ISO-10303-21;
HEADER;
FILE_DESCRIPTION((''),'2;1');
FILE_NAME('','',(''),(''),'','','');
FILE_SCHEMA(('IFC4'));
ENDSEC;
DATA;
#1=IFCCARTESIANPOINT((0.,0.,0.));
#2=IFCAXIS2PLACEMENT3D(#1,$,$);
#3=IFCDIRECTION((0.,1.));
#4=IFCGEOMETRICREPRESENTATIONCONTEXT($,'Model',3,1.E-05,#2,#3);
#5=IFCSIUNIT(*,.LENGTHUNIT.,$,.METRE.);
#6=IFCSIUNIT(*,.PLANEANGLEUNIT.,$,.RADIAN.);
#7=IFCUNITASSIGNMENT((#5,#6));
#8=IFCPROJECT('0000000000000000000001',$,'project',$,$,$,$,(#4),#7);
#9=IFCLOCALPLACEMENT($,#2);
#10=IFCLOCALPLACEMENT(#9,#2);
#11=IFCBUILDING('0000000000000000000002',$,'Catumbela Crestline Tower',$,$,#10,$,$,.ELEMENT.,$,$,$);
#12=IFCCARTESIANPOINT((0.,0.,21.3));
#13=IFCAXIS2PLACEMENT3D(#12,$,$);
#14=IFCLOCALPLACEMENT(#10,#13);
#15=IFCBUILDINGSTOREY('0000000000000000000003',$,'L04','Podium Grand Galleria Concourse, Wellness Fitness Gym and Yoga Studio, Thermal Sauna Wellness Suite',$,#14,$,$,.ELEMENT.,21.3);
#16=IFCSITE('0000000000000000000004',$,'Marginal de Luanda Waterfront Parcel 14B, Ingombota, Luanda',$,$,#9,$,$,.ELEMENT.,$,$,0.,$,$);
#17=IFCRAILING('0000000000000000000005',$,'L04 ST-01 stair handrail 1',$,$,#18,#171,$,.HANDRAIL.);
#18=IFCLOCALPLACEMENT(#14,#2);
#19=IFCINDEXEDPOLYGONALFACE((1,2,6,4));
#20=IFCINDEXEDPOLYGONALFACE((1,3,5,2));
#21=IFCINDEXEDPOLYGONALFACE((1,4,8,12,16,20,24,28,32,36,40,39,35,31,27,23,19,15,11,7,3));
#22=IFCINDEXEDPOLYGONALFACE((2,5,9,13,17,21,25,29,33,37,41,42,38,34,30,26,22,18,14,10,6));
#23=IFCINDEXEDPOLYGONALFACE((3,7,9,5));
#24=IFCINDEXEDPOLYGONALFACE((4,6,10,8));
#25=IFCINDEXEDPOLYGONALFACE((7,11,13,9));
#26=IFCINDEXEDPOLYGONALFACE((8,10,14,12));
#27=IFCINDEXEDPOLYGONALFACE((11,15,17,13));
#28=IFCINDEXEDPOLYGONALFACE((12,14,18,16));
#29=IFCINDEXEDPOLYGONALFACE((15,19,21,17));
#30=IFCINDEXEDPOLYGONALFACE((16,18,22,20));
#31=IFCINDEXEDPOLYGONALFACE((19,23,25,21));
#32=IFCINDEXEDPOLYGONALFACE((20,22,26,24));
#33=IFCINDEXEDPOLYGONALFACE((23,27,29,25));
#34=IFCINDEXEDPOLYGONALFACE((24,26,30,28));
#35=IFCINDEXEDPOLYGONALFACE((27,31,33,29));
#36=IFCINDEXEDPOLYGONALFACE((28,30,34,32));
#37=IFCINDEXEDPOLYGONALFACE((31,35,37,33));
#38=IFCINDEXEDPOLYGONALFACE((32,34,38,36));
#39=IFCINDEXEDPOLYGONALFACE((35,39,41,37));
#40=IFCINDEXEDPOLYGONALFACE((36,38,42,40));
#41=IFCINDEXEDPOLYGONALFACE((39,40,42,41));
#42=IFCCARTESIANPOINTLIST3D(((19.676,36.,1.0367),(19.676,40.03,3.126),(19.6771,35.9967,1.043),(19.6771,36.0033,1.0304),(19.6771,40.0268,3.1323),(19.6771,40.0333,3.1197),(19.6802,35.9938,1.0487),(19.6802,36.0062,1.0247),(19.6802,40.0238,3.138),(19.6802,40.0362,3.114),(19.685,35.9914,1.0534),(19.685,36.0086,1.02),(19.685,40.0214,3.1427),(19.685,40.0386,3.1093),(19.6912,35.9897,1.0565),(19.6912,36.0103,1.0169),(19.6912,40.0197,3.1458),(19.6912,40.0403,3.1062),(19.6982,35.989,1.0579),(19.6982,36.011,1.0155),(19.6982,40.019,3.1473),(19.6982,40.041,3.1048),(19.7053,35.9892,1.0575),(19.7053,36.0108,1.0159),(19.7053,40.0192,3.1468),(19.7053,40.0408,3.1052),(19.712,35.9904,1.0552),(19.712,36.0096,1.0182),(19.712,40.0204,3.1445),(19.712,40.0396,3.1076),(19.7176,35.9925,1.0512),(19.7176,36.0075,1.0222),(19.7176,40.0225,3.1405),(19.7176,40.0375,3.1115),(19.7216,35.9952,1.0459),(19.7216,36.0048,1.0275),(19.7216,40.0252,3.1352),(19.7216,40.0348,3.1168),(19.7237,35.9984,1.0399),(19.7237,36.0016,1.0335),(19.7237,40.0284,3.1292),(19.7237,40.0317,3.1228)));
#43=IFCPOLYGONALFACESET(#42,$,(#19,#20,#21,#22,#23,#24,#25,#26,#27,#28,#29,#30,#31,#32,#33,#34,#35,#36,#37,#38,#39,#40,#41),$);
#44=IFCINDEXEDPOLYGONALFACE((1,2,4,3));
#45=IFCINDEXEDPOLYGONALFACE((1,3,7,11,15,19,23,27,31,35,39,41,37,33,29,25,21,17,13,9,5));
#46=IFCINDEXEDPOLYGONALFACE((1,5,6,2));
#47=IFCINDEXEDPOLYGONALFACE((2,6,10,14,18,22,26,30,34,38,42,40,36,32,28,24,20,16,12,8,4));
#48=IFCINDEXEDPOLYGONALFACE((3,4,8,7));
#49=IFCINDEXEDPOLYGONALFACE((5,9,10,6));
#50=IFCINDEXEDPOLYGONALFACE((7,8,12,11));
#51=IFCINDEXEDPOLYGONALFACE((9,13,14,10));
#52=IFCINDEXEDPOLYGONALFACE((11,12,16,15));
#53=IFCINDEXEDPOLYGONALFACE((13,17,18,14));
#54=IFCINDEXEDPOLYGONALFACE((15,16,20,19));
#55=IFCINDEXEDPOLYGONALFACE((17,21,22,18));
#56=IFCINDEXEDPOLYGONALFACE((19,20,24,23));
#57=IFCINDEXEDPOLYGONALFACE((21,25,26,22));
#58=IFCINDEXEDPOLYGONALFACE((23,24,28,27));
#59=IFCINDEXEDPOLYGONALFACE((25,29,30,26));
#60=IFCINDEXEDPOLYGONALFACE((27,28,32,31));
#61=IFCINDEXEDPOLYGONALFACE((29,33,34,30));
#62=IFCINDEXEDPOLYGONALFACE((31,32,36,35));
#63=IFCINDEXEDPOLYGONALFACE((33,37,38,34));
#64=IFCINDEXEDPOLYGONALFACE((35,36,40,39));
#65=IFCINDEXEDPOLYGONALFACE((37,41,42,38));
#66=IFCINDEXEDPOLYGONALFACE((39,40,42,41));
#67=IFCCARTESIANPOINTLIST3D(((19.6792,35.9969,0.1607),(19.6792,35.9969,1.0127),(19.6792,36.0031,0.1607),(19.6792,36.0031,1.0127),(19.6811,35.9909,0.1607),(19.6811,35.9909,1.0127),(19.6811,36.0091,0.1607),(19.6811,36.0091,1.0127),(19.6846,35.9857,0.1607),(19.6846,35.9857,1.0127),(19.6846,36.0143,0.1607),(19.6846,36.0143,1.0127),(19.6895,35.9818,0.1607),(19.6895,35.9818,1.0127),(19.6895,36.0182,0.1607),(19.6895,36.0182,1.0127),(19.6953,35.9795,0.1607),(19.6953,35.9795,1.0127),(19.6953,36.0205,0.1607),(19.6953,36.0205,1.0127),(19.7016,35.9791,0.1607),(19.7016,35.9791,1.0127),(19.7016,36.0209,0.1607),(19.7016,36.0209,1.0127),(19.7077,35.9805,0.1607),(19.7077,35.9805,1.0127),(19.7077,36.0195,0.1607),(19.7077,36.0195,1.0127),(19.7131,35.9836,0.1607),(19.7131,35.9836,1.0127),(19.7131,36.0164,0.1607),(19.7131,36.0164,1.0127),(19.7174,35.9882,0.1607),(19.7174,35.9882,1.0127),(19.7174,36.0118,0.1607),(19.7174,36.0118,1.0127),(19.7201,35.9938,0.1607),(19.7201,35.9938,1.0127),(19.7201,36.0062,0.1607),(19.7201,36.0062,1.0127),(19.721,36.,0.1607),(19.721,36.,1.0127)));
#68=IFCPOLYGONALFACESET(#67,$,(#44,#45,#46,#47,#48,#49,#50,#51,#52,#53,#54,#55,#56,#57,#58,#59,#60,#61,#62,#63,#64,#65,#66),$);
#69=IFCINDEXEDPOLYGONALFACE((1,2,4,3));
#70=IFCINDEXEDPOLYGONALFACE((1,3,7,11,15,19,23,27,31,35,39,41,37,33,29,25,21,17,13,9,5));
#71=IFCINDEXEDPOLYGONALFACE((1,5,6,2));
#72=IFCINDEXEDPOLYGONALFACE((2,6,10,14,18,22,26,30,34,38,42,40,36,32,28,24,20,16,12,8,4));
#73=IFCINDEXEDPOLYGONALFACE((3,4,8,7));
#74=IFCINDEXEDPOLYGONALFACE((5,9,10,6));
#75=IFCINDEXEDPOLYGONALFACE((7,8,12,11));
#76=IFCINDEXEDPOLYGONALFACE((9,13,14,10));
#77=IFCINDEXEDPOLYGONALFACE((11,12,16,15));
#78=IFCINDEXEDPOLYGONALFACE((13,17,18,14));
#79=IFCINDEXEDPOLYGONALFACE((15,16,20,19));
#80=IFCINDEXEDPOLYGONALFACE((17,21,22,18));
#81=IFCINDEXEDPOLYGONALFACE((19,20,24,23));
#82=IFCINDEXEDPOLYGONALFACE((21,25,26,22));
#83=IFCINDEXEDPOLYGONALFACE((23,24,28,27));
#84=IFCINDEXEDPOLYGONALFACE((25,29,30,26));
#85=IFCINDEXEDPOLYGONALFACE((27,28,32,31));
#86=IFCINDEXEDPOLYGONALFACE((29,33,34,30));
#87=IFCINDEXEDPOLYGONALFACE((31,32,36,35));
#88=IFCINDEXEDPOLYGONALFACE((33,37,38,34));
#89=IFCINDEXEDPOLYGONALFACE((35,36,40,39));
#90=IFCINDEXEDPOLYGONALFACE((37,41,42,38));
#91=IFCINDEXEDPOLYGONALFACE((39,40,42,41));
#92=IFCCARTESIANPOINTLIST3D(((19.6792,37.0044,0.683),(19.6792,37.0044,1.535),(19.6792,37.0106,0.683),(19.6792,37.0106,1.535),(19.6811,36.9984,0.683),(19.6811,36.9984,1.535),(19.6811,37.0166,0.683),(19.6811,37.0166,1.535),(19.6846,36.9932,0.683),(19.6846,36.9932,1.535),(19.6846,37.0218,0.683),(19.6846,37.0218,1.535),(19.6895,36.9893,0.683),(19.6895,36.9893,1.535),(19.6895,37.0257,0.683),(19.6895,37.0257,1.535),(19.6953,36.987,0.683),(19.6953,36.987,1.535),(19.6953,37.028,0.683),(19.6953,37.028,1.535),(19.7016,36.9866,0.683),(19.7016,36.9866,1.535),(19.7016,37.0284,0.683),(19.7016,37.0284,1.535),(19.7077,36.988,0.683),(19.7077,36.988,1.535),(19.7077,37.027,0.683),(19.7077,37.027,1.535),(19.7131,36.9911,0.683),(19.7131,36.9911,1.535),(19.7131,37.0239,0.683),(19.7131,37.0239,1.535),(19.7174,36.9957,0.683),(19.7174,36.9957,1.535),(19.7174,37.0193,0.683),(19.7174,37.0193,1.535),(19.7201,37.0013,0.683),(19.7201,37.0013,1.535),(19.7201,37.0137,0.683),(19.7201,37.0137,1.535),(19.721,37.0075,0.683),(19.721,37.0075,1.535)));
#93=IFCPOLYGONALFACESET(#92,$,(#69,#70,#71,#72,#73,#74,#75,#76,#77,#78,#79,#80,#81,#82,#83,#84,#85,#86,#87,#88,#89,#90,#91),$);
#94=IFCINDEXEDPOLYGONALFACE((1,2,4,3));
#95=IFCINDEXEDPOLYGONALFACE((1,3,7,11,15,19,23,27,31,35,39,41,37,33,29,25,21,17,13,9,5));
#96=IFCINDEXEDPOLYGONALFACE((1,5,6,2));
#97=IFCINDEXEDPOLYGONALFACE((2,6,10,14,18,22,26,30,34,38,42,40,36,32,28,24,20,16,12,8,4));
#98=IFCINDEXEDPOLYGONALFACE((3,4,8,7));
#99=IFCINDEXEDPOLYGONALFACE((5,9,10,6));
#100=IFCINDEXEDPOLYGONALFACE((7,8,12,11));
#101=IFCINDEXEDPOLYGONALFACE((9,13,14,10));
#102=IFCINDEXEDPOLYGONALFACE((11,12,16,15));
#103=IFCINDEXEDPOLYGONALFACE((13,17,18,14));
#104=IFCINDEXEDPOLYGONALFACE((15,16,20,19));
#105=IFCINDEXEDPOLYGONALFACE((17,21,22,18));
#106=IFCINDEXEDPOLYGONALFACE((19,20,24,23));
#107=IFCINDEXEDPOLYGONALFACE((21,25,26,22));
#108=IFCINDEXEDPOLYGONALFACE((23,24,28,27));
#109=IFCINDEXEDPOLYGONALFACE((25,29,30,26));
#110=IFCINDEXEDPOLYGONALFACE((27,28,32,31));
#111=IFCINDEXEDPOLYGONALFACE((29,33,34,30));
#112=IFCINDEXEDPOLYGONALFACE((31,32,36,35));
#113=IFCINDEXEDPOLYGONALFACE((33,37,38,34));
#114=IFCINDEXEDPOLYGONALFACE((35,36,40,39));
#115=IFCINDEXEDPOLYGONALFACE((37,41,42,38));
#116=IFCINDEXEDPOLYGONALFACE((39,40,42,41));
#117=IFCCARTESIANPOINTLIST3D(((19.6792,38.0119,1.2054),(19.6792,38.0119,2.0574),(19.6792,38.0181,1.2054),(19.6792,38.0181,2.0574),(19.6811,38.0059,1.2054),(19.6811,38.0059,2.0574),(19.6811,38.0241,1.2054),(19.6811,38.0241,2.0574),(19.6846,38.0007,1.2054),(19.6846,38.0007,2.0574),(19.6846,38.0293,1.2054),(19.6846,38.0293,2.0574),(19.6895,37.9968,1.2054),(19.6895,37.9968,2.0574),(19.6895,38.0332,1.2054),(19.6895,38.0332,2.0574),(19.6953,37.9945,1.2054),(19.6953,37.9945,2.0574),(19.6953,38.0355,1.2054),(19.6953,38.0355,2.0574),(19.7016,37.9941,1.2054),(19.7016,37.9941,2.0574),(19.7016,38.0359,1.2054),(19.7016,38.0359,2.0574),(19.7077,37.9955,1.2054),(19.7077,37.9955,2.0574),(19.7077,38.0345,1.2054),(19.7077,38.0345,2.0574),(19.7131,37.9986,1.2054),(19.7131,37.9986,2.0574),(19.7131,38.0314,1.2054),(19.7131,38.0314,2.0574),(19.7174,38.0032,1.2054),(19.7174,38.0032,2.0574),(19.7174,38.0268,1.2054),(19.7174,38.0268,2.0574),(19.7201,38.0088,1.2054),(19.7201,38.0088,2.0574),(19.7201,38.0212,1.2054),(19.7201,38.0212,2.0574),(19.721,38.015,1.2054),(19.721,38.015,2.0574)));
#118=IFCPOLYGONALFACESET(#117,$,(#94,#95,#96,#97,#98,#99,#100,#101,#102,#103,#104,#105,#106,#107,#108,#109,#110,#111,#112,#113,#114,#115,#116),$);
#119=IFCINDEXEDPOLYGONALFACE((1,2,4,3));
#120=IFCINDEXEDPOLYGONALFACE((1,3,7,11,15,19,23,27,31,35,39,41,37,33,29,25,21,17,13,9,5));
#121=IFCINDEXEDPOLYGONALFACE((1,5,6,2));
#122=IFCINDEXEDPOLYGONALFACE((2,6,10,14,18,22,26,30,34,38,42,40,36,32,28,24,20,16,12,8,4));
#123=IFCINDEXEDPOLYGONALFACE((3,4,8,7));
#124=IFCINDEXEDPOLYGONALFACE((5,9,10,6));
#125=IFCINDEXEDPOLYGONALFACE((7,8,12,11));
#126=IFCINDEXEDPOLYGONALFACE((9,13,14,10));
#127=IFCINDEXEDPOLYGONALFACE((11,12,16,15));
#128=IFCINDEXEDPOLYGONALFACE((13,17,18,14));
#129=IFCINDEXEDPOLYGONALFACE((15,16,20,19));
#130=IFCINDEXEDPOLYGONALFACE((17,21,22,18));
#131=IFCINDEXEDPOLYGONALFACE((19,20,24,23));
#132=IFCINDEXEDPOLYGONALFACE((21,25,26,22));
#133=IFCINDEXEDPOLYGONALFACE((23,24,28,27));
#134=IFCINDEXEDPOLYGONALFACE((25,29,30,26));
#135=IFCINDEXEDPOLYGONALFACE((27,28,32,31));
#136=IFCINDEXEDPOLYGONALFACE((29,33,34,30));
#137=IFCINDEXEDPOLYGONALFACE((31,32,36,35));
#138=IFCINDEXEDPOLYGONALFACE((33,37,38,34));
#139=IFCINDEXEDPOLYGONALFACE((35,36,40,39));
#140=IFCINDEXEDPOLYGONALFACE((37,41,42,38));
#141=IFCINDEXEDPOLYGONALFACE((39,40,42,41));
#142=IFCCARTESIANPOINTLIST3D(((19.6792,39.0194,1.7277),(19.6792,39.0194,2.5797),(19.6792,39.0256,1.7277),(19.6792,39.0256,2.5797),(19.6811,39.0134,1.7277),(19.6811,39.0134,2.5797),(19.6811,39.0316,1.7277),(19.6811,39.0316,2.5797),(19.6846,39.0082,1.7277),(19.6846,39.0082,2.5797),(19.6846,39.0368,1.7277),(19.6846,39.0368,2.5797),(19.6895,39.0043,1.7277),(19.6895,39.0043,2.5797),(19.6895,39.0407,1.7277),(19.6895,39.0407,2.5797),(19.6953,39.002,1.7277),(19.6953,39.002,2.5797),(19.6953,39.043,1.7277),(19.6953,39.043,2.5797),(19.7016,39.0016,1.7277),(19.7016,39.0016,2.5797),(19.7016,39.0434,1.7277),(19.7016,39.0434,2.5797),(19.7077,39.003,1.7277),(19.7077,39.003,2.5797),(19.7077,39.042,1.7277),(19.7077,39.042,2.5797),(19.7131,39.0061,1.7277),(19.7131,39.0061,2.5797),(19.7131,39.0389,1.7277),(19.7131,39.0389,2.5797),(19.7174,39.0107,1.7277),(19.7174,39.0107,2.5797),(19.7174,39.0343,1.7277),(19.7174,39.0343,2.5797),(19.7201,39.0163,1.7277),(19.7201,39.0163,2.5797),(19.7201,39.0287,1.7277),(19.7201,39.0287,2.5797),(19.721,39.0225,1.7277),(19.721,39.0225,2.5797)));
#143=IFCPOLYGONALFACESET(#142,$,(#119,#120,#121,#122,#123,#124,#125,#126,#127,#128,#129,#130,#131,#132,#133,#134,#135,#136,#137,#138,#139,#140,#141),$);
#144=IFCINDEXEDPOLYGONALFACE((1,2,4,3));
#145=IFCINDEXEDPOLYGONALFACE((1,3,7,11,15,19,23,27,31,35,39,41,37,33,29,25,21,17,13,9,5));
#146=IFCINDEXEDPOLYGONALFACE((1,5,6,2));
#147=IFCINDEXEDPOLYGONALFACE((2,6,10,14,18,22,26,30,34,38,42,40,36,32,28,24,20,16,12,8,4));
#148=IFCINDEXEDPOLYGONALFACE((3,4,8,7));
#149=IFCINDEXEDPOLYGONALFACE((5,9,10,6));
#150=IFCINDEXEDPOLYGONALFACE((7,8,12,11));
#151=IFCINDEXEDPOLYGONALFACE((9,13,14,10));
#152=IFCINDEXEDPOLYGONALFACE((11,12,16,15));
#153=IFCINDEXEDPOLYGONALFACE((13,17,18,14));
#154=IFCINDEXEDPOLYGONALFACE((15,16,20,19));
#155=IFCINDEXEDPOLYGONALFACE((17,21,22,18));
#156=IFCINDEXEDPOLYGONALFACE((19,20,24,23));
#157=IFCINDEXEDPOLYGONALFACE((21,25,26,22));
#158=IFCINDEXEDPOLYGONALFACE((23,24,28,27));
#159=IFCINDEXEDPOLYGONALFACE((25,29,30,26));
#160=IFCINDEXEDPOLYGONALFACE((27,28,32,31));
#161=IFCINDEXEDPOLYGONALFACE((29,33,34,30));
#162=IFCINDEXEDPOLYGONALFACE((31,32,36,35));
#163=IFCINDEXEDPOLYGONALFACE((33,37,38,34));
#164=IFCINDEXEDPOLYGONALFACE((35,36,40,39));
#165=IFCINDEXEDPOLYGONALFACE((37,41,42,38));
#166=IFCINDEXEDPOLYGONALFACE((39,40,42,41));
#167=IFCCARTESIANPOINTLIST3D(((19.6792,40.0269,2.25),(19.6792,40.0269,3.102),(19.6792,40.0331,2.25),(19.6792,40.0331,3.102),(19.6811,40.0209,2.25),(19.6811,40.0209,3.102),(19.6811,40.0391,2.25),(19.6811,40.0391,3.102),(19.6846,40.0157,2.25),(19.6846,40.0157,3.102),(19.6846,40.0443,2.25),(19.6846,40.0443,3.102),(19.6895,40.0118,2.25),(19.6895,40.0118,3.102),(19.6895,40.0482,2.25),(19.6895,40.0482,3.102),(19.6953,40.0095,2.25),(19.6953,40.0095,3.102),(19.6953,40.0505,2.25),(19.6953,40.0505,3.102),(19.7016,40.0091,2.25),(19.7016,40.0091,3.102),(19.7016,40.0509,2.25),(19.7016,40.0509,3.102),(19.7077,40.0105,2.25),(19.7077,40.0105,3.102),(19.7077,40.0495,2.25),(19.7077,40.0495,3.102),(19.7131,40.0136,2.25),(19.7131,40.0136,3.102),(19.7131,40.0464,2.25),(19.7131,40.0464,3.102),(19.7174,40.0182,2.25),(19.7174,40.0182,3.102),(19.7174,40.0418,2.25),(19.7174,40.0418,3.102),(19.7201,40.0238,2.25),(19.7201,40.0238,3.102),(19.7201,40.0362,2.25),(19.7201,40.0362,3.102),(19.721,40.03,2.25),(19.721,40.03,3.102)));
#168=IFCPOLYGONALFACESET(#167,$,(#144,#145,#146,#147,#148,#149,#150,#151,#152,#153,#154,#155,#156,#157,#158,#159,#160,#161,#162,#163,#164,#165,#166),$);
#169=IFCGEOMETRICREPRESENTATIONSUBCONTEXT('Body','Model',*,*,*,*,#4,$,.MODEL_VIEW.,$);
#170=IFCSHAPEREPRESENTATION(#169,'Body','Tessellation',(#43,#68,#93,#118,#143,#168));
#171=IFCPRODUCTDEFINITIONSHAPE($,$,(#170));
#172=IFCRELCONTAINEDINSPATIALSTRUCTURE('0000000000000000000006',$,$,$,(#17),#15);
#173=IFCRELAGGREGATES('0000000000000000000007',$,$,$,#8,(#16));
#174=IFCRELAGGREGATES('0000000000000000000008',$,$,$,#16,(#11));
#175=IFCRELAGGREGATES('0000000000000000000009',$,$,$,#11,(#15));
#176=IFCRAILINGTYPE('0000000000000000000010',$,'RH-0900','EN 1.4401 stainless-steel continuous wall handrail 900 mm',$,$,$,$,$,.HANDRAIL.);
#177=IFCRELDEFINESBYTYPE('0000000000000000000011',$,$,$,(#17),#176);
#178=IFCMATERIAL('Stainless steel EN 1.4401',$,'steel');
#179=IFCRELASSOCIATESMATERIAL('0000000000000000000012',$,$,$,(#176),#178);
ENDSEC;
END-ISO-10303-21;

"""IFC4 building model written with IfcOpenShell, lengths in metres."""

from ifc_helpers import new_model, si_unit, direction, frame, origin, origin_2d, place, context, subcontext, project, spatial, circle, extrude, material, type_object, element, save


model = new_model("IFC4")

# Units and contexts
model_context = context("Model", 3, precision=1e-05, world=origin(), true_north=direction((0.0, 1.0)))
body_context = subcontext(model_context, "Body", "Model", "MODEL_VIEW")
ifc_project = project(units=[si_unit("LENGTHUNIT", "METRE"), si_unit("PLANEANGLEUNIT", "RADIAN")], contexts=[model_context])

# Site, building, storey
site_placement = place(None, origin())
site = spatial("IfcSite", under=ifc_project, at=site_placement, Name="Marginal de Luanda Waterfront Parcel 14B, Ingombota, Luanda", CompositionType="ELEMENT", RefElevation=0.0)
building_placement = place(site_placement, origin())
building = spatial("IfcBuilding", under=site, at=building_placement, Name="Catumbela Crestline Tower", CompositionType="ELEMENT")
storey_placement = place(building_placement, frame((0.0, 0.0, 21.3)))
storey = spatial("IfcBuildingStorey", under=building, at=storey_placement, Name="L04", Description="Podium Grand Galleria Concourse, Wellness Fitness Gym and Yoga Studio, Thermal Sauna Wellness Suite", CompositionType="ELEMENT", Elevation=21.3)

# Shared definitions
ifc_material_1 = material(Name="Stainless steel EN 1.4401", Category="steel")

# Railing
railing_type_1 = type_object("IfcRailingType", Name="RH-0900", Description="EN 1.4401 stainless-steel continuous wall handrail 900 mm", PredefinedType="HANDRAIL", material=ifc_material_1)
railing_1_placement = place(storey_placement, frame((19.7, 36.0, 0.1607)))
element("IfcRailing", 1, at=railing_1_placement, inside=storey, type_object=railing_type_1, Name="L04 ST-01 stair handrail 1", PredefinedType="HANDRAIL", context=body_context, shape_type="SweptSolid", body=[
    extrude(circle(Radius=0.024, at=origin_2d()), frame((0.0, 0.0, 0.876), z_axis=(0.0, 0.887784, 0.46026), x_axis=(-1.0, 0.0, 0.0)), (0.0, 0.0, 1.0), 4.5394),
    extrude(circle(Radius=0.021, at=origin_2d()), origin(), (0.0, 0.0, 1.0), 0.852),
    extrude(circle(Radius=0.021, at=origin_2d()), frame((0.0, 1.0075, 0.5223)), (0.0, 0.0, 1.0), 0.852),
    extrude(circle(Radius=0.021, at=origin_2d()), frame((0.0, 2.015, 1.0447)), (0.0, 0.0, 1.0), 0.852),
    extrude(circle(Radius=0.021, at=origin_2d()), frame((0.0, 3.0225, 1.567)), (0.0, 0.0, 1.0), 0.852),
    extrude(circle(Radius=0.021, at=origin_2d()), frame((0.0, 4.03, 2.0893)), (0.0, 0.0, 1.0), 0.852),
])

save(model, "model.ifc")
